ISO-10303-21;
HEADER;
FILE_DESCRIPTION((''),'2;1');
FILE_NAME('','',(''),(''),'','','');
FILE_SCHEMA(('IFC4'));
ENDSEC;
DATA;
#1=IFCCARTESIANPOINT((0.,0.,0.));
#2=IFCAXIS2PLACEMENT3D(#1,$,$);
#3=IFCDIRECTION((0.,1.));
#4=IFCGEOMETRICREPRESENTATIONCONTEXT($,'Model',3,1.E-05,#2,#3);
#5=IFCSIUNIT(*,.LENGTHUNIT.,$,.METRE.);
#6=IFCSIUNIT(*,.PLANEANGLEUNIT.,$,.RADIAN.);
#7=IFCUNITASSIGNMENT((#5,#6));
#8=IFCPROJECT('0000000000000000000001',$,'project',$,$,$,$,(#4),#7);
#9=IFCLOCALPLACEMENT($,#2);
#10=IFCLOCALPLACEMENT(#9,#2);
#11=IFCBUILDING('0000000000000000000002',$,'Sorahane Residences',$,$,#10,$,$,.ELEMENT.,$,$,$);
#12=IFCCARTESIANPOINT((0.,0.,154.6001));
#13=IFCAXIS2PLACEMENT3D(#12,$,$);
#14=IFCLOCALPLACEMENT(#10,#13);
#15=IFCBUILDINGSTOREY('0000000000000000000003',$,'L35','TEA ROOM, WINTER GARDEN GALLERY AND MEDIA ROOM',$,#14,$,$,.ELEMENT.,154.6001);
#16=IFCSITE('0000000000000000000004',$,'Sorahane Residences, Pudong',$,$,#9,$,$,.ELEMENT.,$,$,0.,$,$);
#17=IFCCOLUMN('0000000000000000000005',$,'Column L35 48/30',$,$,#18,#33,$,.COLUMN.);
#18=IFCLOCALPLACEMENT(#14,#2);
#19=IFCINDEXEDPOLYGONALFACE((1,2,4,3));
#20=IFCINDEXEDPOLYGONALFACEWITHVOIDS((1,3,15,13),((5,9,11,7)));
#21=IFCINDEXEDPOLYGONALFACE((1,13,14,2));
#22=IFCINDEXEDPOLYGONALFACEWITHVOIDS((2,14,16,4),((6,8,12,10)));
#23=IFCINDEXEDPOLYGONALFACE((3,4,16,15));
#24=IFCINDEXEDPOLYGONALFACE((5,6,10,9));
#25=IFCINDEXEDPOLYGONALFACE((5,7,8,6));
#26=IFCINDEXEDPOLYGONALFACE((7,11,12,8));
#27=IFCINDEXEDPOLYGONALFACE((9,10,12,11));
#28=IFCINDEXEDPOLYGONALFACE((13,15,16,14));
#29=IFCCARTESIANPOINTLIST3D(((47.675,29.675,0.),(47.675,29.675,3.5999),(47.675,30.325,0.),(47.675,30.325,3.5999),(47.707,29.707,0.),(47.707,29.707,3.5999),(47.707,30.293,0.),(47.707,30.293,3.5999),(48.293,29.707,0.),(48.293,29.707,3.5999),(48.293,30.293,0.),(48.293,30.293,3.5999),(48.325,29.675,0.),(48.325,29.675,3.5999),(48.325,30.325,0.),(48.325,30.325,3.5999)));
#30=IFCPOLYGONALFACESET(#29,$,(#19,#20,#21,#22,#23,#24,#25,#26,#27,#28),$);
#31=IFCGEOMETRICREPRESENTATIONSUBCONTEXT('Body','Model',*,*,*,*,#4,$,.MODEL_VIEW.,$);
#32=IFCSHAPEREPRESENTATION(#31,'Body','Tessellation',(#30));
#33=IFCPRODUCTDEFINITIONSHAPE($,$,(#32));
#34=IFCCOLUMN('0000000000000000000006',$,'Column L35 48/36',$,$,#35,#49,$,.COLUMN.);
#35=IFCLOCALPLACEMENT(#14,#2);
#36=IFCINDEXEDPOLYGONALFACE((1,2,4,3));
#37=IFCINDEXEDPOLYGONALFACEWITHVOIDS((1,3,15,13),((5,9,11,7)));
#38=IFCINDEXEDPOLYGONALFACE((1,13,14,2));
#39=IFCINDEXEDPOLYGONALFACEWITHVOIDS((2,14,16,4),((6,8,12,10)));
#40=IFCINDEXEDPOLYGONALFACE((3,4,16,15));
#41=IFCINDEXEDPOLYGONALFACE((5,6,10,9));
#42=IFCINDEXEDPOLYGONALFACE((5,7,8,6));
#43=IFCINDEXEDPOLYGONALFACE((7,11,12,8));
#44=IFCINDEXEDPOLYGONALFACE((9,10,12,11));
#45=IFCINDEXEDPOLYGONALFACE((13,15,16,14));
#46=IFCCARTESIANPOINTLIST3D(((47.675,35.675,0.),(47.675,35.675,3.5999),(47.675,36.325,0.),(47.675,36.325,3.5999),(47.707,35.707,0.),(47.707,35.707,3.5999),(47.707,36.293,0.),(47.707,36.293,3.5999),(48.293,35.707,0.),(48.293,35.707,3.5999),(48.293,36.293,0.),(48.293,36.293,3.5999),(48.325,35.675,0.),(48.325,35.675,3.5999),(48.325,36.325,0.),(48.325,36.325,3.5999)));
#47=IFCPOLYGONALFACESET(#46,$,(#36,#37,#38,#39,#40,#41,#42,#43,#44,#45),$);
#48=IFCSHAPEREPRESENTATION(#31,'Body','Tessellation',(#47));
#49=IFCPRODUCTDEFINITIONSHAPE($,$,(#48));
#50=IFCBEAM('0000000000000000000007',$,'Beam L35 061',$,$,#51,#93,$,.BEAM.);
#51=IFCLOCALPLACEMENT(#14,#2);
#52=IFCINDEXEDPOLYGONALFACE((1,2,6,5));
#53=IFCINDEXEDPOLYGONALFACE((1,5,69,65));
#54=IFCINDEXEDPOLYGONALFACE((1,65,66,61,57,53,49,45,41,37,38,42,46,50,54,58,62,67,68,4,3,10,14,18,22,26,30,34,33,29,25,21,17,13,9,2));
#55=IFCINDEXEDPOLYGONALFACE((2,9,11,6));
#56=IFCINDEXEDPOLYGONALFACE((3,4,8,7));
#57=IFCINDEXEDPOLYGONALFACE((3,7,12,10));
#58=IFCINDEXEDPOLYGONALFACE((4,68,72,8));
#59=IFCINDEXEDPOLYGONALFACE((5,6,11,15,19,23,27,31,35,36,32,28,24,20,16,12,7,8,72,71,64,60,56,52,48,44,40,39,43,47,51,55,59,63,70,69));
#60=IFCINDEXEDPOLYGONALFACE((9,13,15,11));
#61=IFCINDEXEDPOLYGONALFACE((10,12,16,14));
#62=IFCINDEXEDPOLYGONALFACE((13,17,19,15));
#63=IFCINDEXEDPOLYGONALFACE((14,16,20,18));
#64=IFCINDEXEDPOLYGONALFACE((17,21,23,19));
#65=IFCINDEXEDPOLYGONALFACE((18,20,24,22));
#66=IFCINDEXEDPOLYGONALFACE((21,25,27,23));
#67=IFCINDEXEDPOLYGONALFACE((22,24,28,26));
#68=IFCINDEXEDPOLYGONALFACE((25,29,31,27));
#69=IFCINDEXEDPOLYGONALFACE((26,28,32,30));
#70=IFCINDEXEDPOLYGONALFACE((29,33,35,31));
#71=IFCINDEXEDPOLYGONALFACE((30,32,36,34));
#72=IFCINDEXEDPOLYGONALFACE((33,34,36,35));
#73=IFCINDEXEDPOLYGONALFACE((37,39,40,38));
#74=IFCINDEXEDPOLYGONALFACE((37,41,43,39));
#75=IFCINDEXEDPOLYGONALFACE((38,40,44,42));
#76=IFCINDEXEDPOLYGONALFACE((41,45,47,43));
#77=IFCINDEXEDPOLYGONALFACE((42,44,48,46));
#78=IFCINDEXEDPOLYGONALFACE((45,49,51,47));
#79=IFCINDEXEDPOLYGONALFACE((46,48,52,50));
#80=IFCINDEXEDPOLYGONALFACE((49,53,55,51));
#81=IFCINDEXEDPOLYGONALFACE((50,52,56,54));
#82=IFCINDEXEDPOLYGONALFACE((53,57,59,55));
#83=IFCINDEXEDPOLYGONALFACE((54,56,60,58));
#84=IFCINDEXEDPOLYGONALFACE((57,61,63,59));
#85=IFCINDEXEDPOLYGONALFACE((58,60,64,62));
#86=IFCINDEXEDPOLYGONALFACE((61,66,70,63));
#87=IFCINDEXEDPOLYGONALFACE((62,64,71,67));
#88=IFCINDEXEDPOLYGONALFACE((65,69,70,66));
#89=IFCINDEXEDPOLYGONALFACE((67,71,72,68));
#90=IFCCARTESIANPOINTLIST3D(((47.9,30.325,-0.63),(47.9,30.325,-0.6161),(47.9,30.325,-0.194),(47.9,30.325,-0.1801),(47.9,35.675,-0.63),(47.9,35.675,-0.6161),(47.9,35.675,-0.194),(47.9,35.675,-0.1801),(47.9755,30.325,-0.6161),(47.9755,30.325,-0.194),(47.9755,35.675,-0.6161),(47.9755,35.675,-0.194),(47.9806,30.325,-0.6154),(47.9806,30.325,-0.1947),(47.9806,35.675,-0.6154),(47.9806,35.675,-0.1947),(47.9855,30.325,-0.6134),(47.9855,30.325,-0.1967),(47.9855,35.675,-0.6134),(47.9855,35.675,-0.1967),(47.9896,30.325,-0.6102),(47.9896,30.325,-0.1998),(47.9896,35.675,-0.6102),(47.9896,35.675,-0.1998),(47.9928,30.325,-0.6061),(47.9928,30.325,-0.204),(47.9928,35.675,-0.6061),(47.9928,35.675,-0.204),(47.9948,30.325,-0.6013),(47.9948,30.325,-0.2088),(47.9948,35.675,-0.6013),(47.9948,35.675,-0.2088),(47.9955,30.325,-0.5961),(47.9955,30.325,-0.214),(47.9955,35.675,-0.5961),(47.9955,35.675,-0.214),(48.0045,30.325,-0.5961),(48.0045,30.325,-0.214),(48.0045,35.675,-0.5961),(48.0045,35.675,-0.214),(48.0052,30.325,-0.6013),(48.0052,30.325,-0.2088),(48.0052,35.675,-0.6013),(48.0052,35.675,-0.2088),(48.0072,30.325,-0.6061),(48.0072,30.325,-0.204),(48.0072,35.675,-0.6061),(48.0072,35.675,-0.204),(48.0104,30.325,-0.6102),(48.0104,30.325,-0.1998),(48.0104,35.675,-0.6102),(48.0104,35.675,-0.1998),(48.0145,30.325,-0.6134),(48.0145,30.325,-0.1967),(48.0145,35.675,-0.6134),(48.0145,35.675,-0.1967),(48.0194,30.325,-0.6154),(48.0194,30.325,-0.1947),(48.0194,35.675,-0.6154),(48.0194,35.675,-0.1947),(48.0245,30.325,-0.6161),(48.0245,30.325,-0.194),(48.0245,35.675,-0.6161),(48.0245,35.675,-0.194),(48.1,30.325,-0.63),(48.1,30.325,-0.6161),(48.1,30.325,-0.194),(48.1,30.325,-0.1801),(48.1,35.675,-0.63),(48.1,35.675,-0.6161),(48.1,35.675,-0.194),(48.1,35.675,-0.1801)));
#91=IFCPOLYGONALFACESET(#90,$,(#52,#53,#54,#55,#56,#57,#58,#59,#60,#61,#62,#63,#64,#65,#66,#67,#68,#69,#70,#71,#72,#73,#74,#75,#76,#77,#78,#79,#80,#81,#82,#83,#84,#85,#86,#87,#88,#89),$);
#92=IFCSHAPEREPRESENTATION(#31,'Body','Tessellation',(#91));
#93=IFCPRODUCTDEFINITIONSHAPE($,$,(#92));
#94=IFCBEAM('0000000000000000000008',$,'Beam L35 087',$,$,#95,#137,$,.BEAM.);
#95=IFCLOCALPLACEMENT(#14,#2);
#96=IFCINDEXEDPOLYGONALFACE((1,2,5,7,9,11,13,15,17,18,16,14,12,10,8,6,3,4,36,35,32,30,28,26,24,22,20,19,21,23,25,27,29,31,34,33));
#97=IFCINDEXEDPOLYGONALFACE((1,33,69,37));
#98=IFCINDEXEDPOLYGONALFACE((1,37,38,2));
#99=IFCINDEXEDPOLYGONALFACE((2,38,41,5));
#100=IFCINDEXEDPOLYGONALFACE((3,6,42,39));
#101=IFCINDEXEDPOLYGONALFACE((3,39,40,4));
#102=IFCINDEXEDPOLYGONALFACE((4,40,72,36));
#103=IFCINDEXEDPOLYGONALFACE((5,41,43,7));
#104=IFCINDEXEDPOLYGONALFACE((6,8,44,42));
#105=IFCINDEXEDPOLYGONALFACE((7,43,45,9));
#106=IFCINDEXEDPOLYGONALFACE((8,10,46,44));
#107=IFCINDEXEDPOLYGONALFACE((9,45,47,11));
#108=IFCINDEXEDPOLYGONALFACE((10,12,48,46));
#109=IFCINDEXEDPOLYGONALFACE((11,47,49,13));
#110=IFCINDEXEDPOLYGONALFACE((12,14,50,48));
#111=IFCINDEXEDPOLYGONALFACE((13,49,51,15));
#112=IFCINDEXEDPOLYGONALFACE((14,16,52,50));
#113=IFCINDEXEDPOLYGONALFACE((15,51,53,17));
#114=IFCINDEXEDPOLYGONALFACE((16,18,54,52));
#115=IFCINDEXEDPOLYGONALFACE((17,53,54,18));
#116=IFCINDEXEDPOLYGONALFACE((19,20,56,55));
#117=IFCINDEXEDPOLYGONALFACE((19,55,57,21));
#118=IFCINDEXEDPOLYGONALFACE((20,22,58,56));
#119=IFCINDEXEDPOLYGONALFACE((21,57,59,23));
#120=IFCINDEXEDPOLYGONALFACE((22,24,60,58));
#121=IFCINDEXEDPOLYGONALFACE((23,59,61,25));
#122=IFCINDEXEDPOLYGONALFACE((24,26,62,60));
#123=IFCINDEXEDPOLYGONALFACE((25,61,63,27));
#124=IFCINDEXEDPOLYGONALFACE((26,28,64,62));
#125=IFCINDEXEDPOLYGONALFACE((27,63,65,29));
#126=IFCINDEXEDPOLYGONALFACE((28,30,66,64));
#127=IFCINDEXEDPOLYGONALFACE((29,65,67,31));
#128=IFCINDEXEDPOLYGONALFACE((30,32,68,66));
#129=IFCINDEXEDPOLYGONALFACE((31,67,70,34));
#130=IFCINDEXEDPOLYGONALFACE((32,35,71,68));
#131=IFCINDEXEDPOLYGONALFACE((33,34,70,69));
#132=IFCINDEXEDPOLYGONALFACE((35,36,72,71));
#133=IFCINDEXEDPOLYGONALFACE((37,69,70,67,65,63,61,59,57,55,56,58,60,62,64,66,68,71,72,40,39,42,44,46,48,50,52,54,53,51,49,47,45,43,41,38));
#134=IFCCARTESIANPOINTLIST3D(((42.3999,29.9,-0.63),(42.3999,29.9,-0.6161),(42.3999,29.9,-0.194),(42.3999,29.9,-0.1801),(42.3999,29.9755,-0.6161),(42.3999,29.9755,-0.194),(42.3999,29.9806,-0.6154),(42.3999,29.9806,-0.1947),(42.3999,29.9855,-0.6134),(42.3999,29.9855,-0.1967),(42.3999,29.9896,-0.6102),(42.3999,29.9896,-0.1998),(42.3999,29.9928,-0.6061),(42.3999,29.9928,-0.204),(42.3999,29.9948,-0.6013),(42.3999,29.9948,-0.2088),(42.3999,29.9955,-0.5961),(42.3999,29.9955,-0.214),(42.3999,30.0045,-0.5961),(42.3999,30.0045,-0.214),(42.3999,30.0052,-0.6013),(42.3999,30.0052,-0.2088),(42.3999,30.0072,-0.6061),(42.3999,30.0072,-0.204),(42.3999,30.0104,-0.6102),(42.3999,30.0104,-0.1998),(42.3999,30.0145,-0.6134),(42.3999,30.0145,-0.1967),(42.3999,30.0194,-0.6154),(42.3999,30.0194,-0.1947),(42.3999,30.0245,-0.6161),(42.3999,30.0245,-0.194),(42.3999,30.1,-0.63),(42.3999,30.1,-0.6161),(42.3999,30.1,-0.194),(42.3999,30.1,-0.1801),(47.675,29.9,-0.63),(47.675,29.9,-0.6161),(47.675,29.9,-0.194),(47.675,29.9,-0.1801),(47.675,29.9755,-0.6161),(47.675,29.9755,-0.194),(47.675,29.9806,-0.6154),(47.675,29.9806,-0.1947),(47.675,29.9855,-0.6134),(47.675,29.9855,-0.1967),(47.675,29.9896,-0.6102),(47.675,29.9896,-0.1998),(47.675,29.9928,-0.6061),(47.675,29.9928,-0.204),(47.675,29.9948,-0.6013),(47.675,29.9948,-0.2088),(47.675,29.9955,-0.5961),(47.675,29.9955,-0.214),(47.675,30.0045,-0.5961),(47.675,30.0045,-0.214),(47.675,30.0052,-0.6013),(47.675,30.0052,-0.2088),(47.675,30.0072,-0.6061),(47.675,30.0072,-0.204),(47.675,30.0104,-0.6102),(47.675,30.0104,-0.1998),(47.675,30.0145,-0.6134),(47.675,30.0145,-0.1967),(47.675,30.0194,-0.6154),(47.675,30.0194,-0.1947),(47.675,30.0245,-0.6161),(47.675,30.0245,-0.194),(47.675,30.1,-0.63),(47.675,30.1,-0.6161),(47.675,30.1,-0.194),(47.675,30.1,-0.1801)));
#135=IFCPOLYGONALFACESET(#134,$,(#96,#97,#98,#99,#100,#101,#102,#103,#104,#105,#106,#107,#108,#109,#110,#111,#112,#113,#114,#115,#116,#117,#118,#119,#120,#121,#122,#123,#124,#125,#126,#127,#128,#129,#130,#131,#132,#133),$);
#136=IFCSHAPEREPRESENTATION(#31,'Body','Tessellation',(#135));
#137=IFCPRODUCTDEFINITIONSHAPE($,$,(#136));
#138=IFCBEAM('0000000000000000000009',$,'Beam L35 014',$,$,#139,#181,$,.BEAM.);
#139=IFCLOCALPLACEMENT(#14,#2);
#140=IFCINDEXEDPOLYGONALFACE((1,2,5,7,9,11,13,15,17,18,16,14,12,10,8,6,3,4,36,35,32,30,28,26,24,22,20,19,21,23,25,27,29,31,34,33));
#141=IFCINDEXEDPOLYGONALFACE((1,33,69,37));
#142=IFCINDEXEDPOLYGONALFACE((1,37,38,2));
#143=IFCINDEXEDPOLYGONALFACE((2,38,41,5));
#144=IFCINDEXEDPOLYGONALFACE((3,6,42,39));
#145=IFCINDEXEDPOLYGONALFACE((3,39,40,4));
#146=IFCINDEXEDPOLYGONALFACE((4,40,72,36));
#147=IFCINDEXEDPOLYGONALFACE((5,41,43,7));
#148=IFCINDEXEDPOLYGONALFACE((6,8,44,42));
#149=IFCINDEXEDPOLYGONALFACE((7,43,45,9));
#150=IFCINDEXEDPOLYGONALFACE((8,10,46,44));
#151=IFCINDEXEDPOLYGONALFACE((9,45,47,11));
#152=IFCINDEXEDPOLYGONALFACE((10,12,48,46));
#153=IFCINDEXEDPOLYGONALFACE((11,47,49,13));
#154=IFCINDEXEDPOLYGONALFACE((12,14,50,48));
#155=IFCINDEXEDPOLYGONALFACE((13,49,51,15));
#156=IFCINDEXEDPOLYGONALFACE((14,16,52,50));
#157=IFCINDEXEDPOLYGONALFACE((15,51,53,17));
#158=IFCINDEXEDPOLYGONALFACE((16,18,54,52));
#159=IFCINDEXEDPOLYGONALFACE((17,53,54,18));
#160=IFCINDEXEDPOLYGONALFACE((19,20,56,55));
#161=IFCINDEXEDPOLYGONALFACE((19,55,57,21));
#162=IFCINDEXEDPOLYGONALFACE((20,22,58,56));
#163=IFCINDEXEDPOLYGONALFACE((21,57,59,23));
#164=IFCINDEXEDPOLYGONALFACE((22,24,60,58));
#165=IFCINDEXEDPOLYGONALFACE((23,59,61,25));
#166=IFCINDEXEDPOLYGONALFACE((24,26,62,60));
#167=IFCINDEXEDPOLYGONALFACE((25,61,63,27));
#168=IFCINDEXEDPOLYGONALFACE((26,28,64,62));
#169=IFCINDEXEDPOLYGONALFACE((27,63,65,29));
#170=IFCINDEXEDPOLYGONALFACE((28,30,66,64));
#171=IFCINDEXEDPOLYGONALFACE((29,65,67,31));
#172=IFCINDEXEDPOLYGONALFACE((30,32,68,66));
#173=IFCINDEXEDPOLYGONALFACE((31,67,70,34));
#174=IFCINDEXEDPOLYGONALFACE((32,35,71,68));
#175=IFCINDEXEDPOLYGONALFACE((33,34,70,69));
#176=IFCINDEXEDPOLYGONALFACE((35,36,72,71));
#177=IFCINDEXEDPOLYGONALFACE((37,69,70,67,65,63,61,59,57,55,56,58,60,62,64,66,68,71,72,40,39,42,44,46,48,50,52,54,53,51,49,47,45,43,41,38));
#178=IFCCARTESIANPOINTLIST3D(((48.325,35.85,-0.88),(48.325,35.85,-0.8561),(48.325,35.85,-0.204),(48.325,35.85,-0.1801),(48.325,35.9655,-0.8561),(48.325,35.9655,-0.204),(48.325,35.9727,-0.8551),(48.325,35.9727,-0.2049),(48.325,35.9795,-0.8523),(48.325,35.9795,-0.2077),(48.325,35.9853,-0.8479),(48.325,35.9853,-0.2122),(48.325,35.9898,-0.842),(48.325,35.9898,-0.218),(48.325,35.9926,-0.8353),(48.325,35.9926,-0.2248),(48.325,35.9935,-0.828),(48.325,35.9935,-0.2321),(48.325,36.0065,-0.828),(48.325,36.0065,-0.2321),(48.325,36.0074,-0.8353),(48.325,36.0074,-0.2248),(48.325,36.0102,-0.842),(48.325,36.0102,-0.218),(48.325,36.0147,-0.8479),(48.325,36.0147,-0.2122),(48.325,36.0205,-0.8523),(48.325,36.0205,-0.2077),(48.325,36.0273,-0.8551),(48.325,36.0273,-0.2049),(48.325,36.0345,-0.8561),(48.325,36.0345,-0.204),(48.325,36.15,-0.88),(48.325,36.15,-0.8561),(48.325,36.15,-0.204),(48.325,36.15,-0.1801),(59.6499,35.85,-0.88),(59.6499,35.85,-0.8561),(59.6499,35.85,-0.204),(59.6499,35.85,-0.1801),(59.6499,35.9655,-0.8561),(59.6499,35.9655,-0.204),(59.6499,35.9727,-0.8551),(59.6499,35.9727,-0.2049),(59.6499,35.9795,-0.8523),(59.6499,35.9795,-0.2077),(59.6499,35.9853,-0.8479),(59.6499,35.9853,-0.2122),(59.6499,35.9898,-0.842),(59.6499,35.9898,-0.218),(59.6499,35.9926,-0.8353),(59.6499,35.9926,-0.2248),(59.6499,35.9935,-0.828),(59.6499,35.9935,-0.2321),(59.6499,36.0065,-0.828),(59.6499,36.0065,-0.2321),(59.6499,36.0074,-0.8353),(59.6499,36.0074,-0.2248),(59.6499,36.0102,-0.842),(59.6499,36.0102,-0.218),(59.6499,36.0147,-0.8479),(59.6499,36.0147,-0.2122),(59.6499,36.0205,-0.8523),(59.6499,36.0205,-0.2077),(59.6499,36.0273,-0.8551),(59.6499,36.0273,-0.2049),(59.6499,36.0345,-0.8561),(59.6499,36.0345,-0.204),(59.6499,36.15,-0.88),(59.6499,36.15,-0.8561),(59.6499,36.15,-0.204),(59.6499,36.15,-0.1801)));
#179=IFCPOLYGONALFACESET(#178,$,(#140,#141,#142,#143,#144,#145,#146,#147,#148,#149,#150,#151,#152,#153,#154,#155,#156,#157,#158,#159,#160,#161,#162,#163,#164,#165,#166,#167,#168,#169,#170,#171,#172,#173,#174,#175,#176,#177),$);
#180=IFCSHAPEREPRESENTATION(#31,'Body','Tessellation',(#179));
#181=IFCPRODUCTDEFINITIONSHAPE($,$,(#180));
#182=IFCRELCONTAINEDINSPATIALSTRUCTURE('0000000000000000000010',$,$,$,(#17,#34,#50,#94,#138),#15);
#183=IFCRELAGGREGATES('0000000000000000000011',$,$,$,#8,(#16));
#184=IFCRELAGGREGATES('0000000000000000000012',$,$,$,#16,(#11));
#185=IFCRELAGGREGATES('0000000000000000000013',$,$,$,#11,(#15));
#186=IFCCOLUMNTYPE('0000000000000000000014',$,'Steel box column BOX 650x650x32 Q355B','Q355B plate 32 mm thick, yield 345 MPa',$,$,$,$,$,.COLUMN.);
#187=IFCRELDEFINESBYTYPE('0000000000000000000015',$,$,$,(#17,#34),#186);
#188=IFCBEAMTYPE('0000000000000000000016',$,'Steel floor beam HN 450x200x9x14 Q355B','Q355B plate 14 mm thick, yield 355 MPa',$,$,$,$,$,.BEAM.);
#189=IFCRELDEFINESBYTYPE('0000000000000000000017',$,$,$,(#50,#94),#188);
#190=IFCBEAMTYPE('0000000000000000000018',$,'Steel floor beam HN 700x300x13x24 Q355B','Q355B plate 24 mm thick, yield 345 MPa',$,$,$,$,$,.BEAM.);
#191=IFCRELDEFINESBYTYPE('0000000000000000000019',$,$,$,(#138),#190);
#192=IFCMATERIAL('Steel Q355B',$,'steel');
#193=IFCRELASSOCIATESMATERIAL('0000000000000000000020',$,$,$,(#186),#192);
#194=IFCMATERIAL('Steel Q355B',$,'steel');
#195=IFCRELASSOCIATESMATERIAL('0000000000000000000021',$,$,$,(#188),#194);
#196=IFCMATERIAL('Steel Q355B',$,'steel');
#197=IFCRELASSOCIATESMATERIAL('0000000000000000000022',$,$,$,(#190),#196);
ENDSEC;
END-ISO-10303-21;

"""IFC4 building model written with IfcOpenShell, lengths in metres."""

from ifc_helpers import new_model, si_unit, direction, frame, origin, origin_2d, place, context, subcontext, project, spatial, hollow_rectangle, i_section, extrude, material, material_profile, profile_set, type_object, element, save


model = new_model("IFC4")

# Units and contexts
model_context = context("Model", 3, precision=1e-05, world=origin(), true_north=direction((0.0, 1.0)))
body_context = subcontext(model_context, "Body", "Model", "MODEL_VIEW")
ifc_project = project(units=[si_unit("LENGTHUNIT", "METRE"), si_unit("PLANEANGLEUNIT", "RADIAN")], contexts=[model_context])

# Site, building, storey
site_placement = place(None, origin())
site = spatial("IfcSite", under=ifc_project, at=site_placement, Name="Sorahane Residences, Pudong", CompositionType="ELEMENT", RefElevation=0.0)
building_placement = place(site_placement, origin())
building = spatial("IfcBuilding", under=site, at=building_placement, Name="Sorahane Residences", CompositionType="ELEMENT")
storey_placement = place(building_placement, frame((0.0, 0.0, 154.6001)))
storey = spatial("IfcBuildingStorey", under=building, at=storey_placement, Name="L35", Description="TEA ROOM, WINTER GARDEN GALLERY AND MEDIA ROOM", CompositionType="ELEMENT", Elevation=154.6001)

# Columns
ifc_material_1 = material(Name="Steel Q355B", Category="steel")
ifc_material_profile_1 = material_profile(ifc_material_1, hollow_rectangle(XDim=0.6499, YDim=0.6499, WallThickness=0.032, at=origin_2d()), Name="BOX 650x650x32")
ifc_profile_set_1 = profile_set([ifc_material_profile_1], Name="Steel Q355B")
column_type = type_object("IfcColumnType", Name="Steel box column BOX 650x650x32 Q355B", Description="Q355B plate 32 mm thick, yield 345 MPa", PredefinedType="COLUMN", material=ifc_profile_set_1)
for number, where, z_axis, x_axis, name in (
    (1, (48.0, 30.0, 0.0), (0.0, 0.0, 1.0), (1.0, 0.0, 0.0), "Column L35 48/30"),
    (2, (48.0, 36.0, 0.0), (0.0, 0.0, 1.0), (1.0, 0.0, 0.0), "Column L35 48/36"),
):
    element("IfcColumn", number, at=place(storey_placement, frame(where, z_axis=z_axis, x_axis=x_axis)), inside=storey, type_object=column_type, Name=name, PredefinedType="COLUMN", context=body_context, shape_type="SweptSolid", body=[
        extrude(hollow_rectangle(XDim=0.6499, YDim=0.6499, WallThickness=0.032, at=origin_2d()), origin(), (0.0, 0.0, 1.0), 3.5999),
    ])

# Beams
ifc_material_2 = material(Name="Steel Q355B", Category="steel")
ifc_material_profile_2 = material_profile(ifc_material_2, i_section(OverallWidth=0.2, OverallDepth=0.45, WebThickness=0.009, FlangeThickness=0.0139, FilletRadius=0.02, at=origin_2d()), Name="HN 450x200x9x14")
ifc_profile_set_2 = profile_set([ifc_material_profile_2], Name="Steel Q355B")
beam_type_1 = type_object("IfcBeamType", Name="Steel floor beam HN 450x200x9x14 Q355B", Description="Q355B plate 14 mm thick, yield 355 MPa", PredefinedType="BEAM", material=ifc_profile_set_2)
beam_1_placement = place(storey_placement, frame((48.0, 30.325, -0.405), z_axis=(0.0, 1.0, 0.0), x_axis=(-1.0, 0.0, 0.0)))
element("IfcBeam", 3, at=beam_1_placement, inside=storey, type_object=beam_type_1, Name="Beam L35 061", PredefinedType="BEAM", context=body_context, shape_type="SweptSolid", body=[
    extrude(i_section(OverallWidth=0.2, OverallDepth=0.45, WebThickness=0.009, FlangeThickness=0.0139, FilletRadius=0.02, at=origin_2d()), origin(), (0.0, 0.0, 1.0), 5.3501),
])
beam_2_placement = place(storey_placement, frame((42.3999, 30.0, -0.405), z_axis=(1.0, 0.0, 0.0), x_axis=(0.0, 1.0, 0.0)))
element("IfcBeam", 4, at=beam_2_placement, inside=storey, type_object=beam_type_1, Name="Beam L35 087", PredefinedType="BEAM", context=body_context, shape_type="SweptSolid", body=[
    extrude(i_section(OverallWidth=0.2, OverallDepth=0.45, WebThickness=0.009, FlangeThickness=0.0139, FilletRadius=0.02, at=origin_2d()), origin(), (0.0, 0.0, 1.0), 5.2751),
])
ifc_material_3 = material(Name="Steel Q355B", Category="steel")
ifc_material_profile_3 = material_profile(ifc_material_3, i_section(OverallWidth=0.3, OverallDepth=0.7, WebThickness=0.0129, FlangeThickness=0.0239, FilletRadius=0.0281, at=origin_2d()), Name="HN 700x300x13x24")
ifc_profile_set_3 = profile_set([ifc_material_profile_3], Name="Steel Q355B")
beam_type_2 = type_object("IfcBeamType", Name="Steel floor beam HN 700x300x13x24 Q355B", Description="Q355B plate 24 mm thick, yield 345 MPa", PredefinedType="BEAM", material=ifc_profile_set_3)
beam_3_placement = place(storey_placement, frame((48.325, 36.0, -0.53), z_axis=(1.0, 0.0, 0.0), x_axis=(0.0, 1.0, 0.0)))
element("IfcBeam", 5, at=beam_3_placement, inside=storey, type_object=beam_type_2, Name="Beam L35 014", PredefinedType="BEAM", context=body_context, shape_type="SweptSolid", body=[
    extrude(i_section(OverallWidth=0.3, OverallDepth=0.7, WebThickness=0.0129, FlangeThickness=0.0239, FilletRadius=0.0281, at=origin_2d()), origin(), (0.0, 0.0, 1.0), 11.325),
])

save(model, "model.ifc")
